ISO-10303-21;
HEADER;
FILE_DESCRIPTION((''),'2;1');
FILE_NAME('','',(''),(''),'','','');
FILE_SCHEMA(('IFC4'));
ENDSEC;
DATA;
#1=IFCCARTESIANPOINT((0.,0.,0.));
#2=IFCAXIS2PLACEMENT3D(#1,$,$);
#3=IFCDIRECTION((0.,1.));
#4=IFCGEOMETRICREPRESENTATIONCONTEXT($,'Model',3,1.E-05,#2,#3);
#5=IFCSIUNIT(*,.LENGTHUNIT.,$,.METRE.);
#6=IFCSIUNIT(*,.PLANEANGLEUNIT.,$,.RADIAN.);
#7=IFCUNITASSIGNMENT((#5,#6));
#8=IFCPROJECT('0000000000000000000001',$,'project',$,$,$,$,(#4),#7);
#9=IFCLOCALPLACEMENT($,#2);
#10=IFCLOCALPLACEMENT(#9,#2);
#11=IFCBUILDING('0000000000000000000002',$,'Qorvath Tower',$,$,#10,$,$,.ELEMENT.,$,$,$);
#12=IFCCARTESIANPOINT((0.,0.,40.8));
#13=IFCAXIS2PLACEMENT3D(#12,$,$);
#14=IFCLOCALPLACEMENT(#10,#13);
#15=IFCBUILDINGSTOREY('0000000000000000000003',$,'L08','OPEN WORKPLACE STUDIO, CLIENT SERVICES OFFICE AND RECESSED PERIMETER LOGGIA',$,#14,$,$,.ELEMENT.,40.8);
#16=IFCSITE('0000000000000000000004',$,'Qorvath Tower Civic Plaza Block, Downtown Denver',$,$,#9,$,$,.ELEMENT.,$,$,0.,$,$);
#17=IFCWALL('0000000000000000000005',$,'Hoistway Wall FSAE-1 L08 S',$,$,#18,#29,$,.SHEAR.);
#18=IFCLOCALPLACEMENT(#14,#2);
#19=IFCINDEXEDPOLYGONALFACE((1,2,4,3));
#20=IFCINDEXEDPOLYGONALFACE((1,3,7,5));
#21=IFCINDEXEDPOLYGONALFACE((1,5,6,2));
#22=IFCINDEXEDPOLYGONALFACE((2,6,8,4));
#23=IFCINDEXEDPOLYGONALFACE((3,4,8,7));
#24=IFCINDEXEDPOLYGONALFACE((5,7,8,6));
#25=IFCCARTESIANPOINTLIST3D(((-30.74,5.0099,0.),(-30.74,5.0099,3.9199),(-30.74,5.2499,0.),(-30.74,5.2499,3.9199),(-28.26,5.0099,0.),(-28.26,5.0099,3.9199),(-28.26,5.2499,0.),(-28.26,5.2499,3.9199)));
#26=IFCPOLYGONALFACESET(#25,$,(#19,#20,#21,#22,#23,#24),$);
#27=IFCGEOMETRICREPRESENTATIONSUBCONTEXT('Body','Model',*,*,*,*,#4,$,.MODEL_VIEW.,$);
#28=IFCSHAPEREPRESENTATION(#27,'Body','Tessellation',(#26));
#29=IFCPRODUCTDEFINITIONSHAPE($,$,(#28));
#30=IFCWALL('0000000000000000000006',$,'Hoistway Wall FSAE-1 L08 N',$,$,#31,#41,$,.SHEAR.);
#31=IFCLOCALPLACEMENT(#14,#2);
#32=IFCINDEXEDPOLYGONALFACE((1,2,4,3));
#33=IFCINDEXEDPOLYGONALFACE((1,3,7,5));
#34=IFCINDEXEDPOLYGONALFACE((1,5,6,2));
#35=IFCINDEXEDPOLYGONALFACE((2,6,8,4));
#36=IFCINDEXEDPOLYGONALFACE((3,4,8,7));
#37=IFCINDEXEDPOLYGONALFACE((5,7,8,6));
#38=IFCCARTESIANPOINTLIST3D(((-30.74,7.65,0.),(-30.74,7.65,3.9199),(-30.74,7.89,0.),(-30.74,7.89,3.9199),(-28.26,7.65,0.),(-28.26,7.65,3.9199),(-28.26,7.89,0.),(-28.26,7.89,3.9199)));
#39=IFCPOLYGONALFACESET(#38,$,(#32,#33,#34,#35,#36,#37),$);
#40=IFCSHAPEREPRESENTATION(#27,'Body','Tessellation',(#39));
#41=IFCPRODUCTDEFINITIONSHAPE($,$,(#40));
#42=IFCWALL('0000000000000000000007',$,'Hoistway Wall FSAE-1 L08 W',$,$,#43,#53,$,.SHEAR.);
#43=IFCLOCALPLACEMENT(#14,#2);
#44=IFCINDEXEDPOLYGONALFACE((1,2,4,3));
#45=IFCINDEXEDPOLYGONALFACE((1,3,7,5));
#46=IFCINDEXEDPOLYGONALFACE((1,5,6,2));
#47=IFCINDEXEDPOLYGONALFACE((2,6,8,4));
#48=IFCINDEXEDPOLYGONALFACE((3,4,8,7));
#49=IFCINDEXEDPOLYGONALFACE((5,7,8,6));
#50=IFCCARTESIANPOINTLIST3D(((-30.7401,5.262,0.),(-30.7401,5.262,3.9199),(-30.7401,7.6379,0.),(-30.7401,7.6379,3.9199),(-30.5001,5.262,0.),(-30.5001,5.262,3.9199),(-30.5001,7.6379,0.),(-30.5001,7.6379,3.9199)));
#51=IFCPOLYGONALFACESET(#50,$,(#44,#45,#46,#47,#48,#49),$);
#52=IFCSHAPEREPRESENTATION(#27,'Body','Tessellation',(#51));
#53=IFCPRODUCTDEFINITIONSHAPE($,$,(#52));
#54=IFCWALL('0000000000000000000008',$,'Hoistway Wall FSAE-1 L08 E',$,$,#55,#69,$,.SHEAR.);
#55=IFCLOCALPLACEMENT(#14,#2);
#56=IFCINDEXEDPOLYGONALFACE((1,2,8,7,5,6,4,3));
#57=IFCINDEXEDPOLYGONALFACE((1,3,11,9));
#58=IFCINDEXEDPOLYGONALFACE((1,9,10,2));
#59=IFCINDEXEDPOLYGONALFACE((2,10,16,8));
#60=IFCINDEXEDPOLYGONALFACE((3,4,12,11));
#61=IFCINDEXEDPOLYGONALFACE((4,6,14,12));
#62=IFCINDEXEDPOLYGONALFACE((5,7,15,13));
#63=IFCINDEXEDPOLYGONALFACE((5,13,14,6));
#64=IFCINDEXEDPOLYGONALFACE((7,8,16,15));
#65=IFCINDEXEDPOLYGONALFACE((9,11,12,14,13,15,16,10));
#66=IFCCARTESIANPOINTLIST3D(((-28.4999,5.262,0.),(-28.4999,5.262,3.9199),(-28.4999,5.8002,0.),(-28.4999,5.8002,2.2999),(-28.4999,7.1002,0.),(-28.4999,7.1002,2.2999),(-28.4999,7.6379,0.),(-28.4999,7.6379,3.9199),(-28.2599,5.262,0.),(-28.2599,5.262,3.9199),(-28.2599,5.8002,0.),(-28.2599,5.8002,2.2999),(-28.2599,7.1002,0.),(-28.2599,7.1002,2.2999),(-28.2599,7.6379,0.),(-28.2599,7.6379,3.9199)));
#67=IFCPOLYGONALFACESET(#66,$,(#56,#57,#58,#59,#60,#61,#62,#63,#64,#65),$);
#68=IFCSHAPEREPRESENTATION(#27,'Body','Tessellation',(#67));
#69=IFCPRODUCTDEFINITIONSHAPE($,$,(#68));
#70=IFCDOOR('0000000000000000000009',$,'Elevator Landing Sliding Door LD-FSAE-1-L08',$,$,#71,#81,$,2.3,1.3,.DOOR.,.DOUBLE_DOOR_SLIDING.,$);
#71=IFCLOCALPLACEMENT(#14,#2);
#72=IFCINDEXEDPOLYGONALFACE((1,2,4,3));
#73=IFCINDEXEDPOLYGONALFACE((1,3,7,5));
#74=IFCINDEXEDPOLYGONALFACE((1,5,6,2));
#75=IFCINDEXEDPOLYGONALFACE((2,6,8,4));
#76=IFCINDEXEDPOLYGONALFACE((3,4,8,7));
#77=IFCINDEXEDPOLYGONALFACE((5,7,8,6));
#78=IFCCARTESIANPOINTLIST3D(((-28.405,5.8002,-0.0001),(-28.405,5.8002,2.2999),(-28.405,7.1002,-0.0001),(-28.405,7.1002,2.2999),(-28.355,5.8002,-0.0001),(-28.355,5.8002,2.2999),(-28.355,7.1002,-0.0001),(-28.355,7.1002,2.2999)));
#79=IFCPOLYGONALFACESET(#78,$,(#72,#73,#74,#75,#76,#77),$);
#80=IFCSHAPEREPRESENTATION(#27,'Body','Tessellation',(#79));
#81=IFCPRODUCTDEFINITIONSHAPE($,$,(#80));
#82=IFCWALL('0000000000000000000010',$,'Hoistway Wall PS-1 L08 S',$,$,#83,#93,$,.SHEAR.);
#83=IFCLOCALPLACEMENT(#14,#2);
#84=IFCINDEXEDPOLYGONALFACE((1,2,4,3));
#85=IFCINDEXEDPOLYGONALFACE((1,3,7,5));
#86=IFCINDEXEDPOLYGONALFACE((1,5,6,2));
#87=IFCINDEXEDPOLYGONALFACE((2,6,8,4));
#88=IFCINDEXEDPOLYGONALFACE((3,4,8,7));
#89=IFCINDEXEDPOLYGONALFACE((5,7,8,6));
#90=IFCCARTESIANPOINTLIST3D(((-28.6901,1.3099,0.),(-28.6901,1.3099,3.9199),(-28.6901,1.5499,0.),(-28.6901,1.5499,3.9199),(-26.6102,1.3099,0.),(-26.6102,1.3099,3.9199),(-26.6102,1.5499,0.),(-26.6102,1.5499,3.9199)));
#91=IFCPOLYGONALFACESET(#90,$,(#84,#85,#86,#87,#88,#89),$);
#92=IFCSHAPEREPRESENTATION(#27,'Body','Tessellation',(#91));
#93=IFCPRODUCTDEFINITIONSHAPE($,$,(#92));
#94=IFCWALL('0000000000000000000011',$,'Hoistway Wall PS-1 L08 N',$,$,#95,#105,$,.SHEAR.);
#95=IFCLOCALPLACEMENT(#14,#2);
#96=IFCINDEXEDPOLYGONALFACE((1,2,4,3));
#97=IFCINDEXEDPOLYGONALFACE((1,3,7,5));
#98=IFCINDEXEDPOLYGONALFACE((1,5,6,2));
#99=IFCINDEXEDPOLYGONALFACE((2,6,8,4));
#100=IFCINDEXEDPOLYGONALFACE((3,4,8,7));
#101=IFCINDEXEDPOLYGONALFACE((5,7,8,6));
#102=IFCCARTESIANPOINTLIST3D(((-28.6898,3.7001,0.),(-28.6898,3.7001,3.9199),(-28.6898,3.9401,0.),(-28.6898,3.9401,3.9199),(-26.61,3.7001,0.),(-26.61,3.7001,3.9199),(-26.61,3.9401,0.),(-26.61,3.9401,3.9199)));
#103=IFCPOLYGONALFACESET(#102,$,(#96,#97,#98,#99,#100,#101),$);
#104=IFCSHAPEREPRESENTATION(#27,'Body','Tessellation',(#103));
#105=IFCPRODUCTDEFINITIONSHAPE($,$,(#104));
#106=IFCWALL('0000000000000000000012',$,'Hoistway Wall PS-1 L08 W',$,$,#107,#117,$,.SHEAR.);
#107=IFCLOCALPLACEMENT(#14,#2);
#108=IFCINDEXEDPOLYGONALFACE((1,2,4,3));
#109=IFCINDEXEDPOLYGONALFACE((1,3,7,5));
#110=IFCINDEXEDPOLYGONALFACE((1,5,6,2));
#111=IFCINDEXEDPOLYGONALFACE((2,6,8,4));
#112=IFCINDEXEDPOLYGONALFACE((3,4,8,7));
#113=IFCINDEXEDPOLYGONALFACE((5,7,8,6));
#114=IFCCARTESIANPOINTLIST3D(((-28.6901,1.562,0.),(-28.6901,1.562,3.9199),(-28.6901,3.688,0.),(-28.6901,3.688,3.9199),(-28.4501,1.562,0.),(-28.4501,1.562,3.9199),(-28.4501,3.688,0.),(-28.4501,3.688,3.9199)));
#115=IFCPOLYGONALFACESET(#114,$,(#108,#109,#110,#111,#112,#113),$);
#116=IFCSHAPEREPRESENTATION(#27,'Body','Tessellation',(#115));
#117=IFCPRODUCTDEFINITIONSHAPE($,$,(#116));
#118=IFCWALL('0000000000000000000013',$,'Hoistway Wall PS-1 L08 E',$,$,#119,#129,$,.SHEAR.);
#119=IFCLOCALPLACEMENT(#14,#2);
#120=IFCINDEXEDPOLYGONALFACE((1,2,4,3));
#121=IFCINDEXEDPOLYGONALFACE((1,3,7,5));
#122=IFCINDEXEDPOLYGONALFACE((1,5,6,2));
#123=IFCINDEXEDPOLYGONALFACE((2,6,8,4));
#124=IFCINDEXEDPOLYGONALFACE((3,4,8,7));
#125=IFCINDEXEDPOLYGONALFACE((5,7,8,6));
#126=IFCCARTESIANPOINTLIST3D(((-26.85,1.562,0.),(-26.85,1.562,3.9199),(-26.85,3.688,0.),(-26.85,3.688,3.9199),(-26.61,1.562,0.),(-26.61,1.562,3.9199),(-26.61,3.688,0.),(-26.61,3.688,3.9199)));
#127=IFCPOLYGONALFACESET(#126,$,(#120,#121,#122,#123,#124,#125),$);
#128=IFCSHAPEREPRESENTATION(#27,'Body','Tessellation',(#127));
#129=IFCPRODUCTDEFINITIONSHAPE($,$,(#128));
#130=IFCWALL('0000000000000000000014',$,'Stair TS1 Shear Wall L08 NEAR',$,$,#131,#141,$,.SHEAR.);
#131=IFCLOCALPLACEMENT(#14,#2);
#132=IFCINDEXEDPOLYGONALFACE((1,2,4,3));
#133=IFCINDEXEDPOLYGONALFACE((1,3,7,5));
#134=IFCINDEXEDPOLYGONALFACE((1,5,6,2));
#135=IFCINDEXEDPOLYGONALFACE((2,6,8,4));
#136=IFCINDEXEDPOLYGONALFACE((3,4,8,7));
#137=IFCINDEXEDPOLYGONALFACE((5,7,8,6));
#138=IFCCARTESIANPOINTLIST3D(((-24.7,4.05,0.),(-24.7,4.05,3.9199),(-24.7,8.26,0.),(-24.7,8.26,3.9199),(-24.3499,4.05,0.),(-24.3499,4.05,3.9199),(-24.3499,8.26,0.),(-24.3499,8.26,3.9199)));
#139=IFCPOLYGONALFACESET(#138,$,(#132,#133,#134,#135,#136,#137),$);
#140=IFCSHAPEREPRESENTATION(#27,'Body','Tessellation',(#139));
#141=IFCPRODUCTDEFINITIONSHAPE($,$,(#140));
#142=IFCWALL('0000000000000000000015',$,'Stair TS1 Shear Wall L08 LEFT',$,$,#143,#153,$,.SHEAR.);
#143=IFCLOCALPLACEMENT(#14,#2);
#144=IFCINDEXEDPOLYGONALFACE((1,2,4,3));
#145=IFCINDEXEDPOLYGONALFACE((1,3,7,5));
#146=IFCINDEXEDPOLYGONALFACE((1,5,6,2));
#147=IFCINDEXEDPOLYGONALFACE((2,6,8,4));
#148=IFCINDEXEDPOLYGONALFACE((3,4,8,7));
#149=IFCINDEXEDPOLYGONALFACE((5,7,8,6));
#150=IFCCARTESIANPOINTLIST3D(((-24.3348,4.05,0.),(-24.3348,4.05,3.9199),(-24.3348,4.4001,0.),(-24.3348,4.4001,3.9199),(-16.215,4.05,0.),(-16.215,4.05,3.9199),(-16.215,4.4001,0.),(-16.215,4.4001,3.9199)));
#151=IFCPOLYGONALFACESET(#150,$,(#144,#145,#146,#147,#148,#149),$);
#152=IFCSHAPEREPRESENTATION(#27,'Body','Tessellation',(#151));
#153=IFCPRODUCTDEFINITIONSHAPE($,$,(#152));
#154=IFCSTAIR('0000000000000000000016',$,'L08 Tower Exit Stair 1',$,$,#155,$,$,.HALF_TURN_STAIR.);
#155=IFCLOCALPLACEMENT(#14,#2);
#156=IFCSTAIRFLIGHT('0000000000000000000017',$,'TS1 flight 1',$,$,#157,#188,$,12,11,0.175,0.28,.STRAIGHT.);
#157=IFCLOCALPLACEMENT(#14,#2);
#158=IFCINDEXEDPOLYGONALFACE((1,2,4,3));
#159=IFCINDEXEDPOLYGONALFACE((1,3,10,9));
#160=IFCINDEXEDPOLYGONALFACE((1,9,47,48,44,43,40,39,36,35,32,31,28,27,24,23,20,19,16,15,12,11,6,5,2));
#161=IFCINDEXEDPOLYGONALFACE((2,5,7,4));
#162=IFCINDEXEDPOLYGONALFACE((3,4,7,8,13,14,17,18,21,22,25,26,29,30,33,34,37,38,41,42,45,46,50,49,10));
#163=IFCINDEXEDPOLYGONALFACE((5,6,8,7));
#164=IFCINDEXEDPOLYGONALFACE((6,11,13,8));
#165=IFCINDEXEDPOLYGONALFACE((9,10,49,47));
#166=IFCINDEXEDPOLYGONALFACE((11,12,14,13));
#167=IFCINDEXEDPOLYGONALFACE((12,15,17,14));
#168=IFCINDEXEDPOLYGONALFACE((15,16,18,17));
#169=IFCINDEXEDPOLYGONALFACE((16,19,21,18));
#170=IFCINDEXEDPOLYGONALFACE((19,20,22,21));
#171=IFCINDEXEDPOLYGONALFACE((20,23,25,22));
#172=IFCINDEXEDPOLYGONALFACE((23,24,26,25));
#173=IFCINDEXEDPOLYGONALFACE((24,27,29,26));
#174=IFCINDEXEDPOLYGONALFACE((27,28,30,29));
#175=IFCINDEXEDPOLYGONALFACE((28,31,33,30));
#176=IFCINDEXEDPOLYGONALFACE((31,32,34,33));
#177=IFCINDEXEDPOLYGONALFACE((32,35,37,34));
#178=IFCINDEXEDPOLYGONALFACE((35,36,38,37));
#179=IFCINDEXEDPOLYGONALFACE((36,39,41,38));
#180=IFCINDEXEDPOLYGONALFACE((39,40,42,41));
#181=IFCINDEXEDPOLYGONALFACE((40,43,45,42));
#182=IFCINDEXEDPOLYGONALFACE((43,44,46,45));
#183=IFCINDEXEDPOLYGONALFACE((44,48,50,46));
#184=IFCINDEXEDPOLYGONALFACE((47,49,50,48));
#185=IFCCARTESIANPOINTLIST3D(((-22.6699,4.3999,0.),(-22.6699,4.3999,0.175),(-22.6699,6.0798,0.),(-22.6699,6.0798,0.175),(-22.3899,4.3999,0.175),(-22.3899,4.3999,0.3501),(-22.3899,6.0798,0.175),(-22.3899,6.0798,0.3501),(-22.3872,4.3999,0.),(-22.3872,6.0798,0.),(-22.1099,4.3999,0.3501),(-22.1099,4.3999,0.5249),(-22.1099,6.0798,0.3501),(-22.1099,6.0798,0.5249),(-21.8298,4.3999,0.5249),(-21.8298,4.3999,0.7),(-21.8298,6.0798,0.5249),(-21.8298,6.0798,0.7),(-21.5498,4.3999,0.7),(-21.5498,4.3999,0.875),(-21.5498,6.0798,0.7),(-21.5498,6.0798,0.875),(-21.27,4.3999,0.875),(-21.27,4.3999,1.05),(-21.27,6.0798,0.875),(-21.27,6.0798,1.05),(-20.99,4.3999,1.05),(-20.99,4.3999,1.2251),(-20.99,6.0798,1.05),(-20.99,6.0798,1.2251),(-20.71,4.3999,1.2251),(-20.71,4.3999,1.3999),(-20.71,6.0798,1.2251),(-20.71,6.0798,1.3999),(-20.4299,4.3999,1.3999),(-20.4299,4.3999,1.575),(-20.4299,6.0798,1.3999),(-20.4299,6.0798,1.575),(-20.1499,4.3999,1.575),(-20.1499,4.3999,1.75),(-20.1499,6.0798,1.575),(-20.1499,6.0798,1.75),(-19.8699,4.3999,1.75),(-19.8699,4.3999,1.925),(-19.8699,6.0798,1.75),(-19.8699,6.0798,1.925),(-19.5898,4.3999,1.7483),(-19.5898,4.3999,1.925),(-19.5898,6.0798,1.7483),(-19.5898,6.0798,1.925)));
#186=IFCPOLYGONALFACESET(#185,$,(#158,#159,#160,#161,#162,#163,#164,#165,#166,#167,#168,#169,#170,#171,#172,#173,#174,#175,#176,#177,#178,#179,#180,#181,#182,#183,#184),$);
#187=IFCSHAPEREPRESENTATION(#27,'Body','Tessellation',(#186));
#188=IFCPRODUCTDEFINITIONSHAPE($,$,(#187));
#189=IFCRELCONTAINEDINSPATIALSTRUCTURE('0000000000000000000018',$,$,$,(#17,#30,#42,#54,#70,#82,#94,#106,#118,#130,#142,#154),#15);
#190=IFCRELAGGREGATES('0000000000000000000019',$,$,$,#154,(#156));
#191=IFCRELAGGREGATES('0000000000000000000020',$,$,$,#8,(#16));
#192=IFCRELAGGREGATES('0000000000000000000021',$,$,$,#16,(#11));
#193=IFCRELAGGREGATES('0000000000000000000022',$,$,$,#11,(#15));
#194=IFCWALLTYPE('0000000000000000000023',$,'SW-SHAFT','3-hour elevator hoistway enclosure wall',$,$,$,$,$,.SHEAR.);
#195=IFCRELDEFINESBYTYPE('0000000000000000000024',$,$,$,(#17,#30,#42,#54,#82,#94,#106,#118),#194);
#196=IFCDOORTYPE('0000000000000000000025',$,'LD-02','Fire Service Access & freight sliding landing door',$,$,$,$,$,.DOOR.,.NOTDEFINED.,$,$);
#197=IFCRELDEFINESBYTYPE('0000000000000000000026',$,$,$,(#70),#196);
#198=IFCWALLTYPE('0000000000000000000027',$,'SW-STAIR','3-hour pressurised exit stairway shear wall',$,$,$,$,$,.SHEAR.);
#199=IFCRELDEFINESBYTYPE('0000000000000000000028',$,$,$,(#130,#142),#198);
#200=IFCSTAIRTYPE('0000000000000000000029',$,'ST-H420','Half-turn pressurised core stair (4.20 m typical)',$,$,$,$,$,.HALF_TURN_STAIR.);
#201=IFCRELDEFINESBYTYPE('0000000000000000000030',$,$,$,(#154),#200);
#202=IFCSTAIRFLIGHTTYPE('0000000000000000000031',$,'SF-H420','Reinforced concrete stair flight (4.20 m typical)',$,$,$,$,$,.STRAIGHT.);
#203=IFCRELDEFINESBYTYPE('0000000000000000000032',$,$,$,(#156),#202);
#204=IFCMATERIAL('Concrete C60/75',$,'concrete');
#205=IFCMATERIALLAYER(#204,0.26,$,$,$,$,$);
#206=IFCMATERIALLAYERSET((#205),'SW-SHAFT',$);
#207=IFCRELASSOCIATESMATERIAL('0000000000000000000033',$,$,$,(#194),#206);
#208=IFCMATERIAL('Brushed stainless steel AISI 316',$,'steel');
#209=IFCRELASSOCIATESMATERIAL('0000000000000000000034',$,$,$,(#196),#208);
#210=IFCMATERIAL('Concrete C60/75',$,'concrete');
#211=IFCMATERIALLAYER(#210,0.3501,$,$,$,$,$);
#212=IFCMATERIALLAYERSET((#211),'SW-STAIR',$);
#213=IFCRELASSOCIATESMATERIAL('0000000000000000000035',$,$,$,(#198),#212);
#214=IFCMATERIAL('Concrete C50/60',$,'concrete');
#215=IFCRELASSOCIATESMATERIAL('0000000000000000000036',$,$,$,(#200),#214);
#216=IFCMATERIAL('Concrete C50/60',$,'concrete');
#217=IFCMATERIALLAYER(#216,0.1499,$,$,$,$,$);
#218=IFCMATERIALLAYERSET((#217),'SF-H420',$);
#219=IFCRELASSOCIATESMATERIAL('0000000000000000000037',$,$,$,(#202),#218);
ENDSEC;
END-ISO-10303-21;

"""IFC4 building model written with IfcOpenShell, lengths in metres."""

from ifc_helpers import new_model, si_unit, direction, frame, frame_2d, origin, place, context, subcontext, project, spatial, polyline, rectangle, outline, extrude, material, layer, layer_set, type_object, element, fill, aggregate, save


model = new_model("IFC4")

# Units and contexts
model_context = context("Model", 3, precision=1e-05, world=origin(), true_north=direction((0.0, 1.0)))
body_context = subcontext(model_context, "Body", "Model", "MODEL_VIEW")
ifc_project = project(units=[si_unit("LENGTHUNIT", "METRE"), si_unit("PLANEANGLEUNIT", "RADIAN")], contexts=[model_context])

# Site, building, storey
site_placement = place(None, origin())
site = spatial("IfcSite", under=ifc_project, at=site_placement, Name="Qorvath Tower Civic Plaza Block, Downtown Denver", CompositionType="ELEMENT", RefElevation=0.0)
building_placement = place(site_placement, origin())
building = spatial("IfcBuilding", under=site, at=building_placement, Name="Qorvath Tower", CompositionType="ELEMENT")
storey_placement = place(building_placement, frame((0.0, 0.0, 40.8)))
storey = spatial("IfcBuildingStorey", under=building, at=storey_placement, Name="L08", Description="OPEN WORKPLACE STUDIO, CLIENT SERVICES OFFICE AND RECESSED PERIMETER LOGGIA", CompositionType="ELEMENT", Elevation=40.8)

# Walls
ifc_material_1 = material(Name="Concrete C60/75", Category="concrete")
ifc_layer_1 = layer(ifc_material_1, 0.26)
ifc_layer_set_1 = layer_set([ifc_layer_1], Name="SW-SHAFT")
wall_type_1 = type_object("IfcWallType", Name="SW-SHAFT", Description="3-hour elevator hoistway enclosure wall", PredefinedType="SHEAR", material=ifc_layer_set_1)
for number, where, z_axis, x_axis, name in (
    (1, (-28.26, 5.1299, 0.0), (0.0, 0.0, 1.0), (-1.0, 0.0, 0.0), "Hoistway Wall FSAE-1 L08 S"),
    (2, (-30.74, 7.77, 0.0), (0.0, 0.0, 1.0), (1.0, 0.0, 0.0), "Hoistway Wall FSAE-1 L08 N"),
):
    element("IfcWall", number, at=place(storey_placement, frame(where, z_axis=z_axis, x_axis=x_axis)), inside=storey, type_object=wall_type_1, Name=name, PredefinedType="SHEAR", context=body_context, shape_type="SweptSolid", body=[
        extrude(rectangle(XDim=2.48, YDim=0.24, at=frame_2d((1.24, 0.0))), origin(), (0.0, 0.0, 1.0), 3.9199),
    ])
wall_1_placement = place(storey_placement, frame((-30.6201, 5.262, 0.0), z_axis=(0.0, 0.0, 1.0), x_axis=(0.0, 1.0, 0.0)))
element("IfcWall", 3, at=wall_1_placement, inside=storey, type_object=wall_type_1, Name="Hoistway Wall FSAE-1 L08 W", PredefinedType="SHEAR", context=body_context, shape_type="SweptSolid", body=[
    extrude(rectangle(XDim=2.376, YDim=0.24, at=frame_2d((1.188, 0.0))), origin(), (0.0, 0.0, 1.0), 3.9199),
])

# Wall, opening, door
wall_2_placement = place(storey_placement, frame((-28.3799, 7.6379, 0.0), z_axis=(0.0, 0.0, 1.0), x_axis=(0.0, -1.0, 0.0)))
wall_2 = element("IfcWall", 4, at=wall_2_placement, inside=storey, type_object=wall_type_1, Name="Hoistway Wall FSAE-1 L08 E", PredefinedType="SHEAR", context=body_context, shape_type="SweptSolid", body=[
    extrude(rectangle(XDim=2.376, YDim=0.24, at=frame_2d((1.188, 0.0))), origin(), (0.0, 0.0, 1.0), 3.9199),
])
opening_1_placement = place(wall_2_placement, frame((0.5378, 0.0, 0.0)))
opening_1 = element("IfcOpeningElement", 5, at=opening_1_placement, cuts=wall_2, PredefinedType="OPENING", context=body_context, shape_type="SweptSolid", body=[
    extrude(rectangle(XDim=1.3, YDim=2.3, at=frame_2d((0.6499, 1.1499))), frame((0.0, 0.1299, 0.0), z_axis=(0.0, -1.0, 0.0), x_axis=(1.0, 0.0, 0.0)), (0.0, 0.0, 1.0), 0.26),
])
ifc_material_2 = material(Name="Brushed stainless steel AISI 316", Category="steel")
door_type_1 = type_object("IfcDoorType", Name="LD-02", Description="Fire Service Access & freight sliding landing door", OperationType="NOTDEFINED", PredefinedType="DOOR", material=ifc_material_2)
door_1_placement = place(opening_1_placement, origin())
door_1 = element("IfcDoor", 6, at=door_1_placement, inside=storey, type_object=door_type_1, Name="Elevator Landing Sliding Door LD-FSAE-1-L08", OperationType="DOUBLE_DOOR_SLIDING", OverallHeight=2.3, OverallWidth=1.3, PredefinedType="DOOR", context=body_context, shape_type="SweptSolid", body=[
    extrude(rectangle(XDim=1.3, YDim=2.3, at=frame_2d((0.6499, 1.1499))), frame((0.0, 0.0249, 0.0), z_axis=(0.0, -1.0, 0.0), x_axis=(1.0, 0.0, 0.0)), (0.0, 0.0, 1.0), 0.05),
])
fill(opening_1, door_1)

# Walls
for number, where, z_axis, x_axis, name in (
    (7, (-26.6101, 1.4299, 0.0), (0.0, 0.0, 1.0), (-1.0, 0.0, 0.0), "Hoistway Wall PS-1 L08 S"),
    (8, (-28.6899, 3.8201, 0.0), (0.0, 0.0, 1.0), (1.0, 0.0, 0.0), "Hoistway Wall PS-1 L08 N"),
):
    element("IfcWall", number, at=place(storey_placement, frame(where, z_axis=z_axis, x_axis=x_axis)), inside=storey, type_object=wall_type_1, Name=name, PredefinedType="SHEAR", context=body_context, shape_type="SweptSolid", body=[
        extrude(rectangle(XDim=2.0798, YDim=0.24, at=frame_2d((1.04, 0.0))), origin(), (0.0, 0.0, 1.0), 3.9199),
    ])
for number, where, z_axis, x_axis, name in (
    (9, (-28.5701, 1.562, 0.0), (0.0, 0.0, 1.0), (0.0, 1.0, 0.0), "Hoistway Wall PS-1 L08 W"),
    (10, (-26.73, 3.688, 0.0), (0.0, 0.0, 1.0), (0.0, -1.0, 0.0), "Hoistway Wall PS-1 L08 E"),
):
    element("IfcWall", number, at=place(storey_placement, frame(where, z_axis=z_axis, x_axis=x_axis)), inside=storey, type_object=wall_type_1, Name=name, PredefinedType="SHEAR", context=body_context, shape_type="SweptSolid", body=[
        extrude(rectangle(XDim=2.126, YDim=0.24, at=frame_2d((1.063, 0.0))), origin(), (0.0, 0.0, 1.0), 3.9199),
    ])
ifc_material_3 = material(Name="Concrete C60/75", Category="concrete")
ifc_layer_2 = layer(ifc_material_3, 0.3501)
ifc_layer_set_2 = layer_set([ifc_layer_2], Name="SW-STAIR")
wall_type_2 = type_object("IfcWallType", Name="SW-STAIR", Description="3-hour pressurised exit stairway shear wall", PredefinedType="SHEAR", material=ifc_layer_set_2)
wall_3_placement = place(storey_placement, frame((-24.5249, 8.26, 0.0), z_axis=(0.0, 0.0, 1.0), x_axis=(0.0, -1.0, 0.0)))
element("IfcWall", 11, at=wall_3_placement, inside=storey, type_object=wall_type_2, Name="Stair TS1 Shear Wall L08 NEAR", PredefinedType="SHEAR", context=body_context, shape_type="SweptSolid", body=[
    extrude(rectangle(XDim=4.21, YDim=0.3501, at=frame_2d((2.105, 0.0))), origin(), (0.0, 0.0, 1.0), 3.9199),
])
wall_4_placement = place(storey_placement, frame((-24.335, 4.2251, 0.0), z_axis=(0.0, 0.0, 1.0), x_axis=(1.0, 0.0, 0.0)))
element("IfcWall", 12, at=wall_4_placement, inside=storey, type_object=wall_type_2, Name="Stair TS1 Shear Wall L08 LEFT", PredefinedType="SHEAR", context=body_context, shape_type="SweptSolid", body=[
    extrude(rectangle(XDim=8.1199, YDim=0.3501, at=frame_2d((4.0601, 0.0))), origin(), (0.0, 0.0, 1.0), 3.9199),
])

# Stair, stair flight
ifc_material_4 = material(Name="Concrete C50/60", Category="concrete")
stair_type = type_object("IfcStairType", Name="ST-H420", Description="Half-turn pressurised core stair (4.20 m typical)", PredefinedType="HALF_TURN_STAIR", material=ifc_material_4)
stair_placement = place(storey_placement, origin())
stair = element("IfcStair", 13, at=stair_placement, inside=storey, type_object=stair_type, Name="L08 Tower Exit Stair 1", PredefinedType="HALF_TURN_STAIR")
ifc_material_5 = material(Name="Concrete C50/60", Category="concrete")
ifc_layer_3 = layer(ifc_material_5, 0.1499)
ifc_layer_set_3 = layer_set([ifc_layer_3], Name="SF-H420")
stair_flight_type = type_object("IfcStairFlightType", Name="SF-H420", Description="Reinforced concrete stair flight (4.20 m typical)", PredefinedType="STRAIGHT", material=ifc_layer_set_3)
stair_flight_placement = place(storey_placement, frame((-22.6699, 5.24, 0.0), z_axis=(0.0, 0.0, 1.0), x_axis=(1.0, 0.0, 0.0)))
stair_flight = element("IfcStairFlight", 14, at=stair_flight_placement, type_object=stair_flight_type, Name="TS1 flight 1", NumberOfRisers=12, NumberOfTreads=11, PredefinedType="STRAIGHT", RiserHeight=0.175, TreadLength=0.28, context=body_context, shape_type="SweptSolid", body=[
    extrude(outline(polyline([(0.0, 0.0), (0.0, 0.175), (0.28, 0.175), (0.28, 0.3501), (0.5601, 0.3501), (0.5601, 0.5249), (0.8401, 0.5249), (0.8401, 0.7), (1.1201, 0.7), (1.1201, 0.875), (1.3999, 0.875), (1.3999, 1.05), (1.6799, 1.05), (1.6799, 1.2251), (1.96, 1.2251), (1.96, 1.3999), (2.24, 1.3999), (2.24, 1.575), (2.52, 1.575), (2.52, 1.75), (2.8, 1.75), (2.8, 1.925), (3.0801, 1.925), (3.0801, 2.1001), (3.0801, 1.7483), (0.2827, 0.0), (0.0, 0.0)])), frame((0.0, 0.8398, 0.0), z_axis=(0.0, -1.0, 0.0), x_axis=(1.0, 0.0, 0.0)), (0.0, 0.0, 1.0), 1.6799),
])
aggregate(stair, [stair_flight])

save(model, "model.ifc")
